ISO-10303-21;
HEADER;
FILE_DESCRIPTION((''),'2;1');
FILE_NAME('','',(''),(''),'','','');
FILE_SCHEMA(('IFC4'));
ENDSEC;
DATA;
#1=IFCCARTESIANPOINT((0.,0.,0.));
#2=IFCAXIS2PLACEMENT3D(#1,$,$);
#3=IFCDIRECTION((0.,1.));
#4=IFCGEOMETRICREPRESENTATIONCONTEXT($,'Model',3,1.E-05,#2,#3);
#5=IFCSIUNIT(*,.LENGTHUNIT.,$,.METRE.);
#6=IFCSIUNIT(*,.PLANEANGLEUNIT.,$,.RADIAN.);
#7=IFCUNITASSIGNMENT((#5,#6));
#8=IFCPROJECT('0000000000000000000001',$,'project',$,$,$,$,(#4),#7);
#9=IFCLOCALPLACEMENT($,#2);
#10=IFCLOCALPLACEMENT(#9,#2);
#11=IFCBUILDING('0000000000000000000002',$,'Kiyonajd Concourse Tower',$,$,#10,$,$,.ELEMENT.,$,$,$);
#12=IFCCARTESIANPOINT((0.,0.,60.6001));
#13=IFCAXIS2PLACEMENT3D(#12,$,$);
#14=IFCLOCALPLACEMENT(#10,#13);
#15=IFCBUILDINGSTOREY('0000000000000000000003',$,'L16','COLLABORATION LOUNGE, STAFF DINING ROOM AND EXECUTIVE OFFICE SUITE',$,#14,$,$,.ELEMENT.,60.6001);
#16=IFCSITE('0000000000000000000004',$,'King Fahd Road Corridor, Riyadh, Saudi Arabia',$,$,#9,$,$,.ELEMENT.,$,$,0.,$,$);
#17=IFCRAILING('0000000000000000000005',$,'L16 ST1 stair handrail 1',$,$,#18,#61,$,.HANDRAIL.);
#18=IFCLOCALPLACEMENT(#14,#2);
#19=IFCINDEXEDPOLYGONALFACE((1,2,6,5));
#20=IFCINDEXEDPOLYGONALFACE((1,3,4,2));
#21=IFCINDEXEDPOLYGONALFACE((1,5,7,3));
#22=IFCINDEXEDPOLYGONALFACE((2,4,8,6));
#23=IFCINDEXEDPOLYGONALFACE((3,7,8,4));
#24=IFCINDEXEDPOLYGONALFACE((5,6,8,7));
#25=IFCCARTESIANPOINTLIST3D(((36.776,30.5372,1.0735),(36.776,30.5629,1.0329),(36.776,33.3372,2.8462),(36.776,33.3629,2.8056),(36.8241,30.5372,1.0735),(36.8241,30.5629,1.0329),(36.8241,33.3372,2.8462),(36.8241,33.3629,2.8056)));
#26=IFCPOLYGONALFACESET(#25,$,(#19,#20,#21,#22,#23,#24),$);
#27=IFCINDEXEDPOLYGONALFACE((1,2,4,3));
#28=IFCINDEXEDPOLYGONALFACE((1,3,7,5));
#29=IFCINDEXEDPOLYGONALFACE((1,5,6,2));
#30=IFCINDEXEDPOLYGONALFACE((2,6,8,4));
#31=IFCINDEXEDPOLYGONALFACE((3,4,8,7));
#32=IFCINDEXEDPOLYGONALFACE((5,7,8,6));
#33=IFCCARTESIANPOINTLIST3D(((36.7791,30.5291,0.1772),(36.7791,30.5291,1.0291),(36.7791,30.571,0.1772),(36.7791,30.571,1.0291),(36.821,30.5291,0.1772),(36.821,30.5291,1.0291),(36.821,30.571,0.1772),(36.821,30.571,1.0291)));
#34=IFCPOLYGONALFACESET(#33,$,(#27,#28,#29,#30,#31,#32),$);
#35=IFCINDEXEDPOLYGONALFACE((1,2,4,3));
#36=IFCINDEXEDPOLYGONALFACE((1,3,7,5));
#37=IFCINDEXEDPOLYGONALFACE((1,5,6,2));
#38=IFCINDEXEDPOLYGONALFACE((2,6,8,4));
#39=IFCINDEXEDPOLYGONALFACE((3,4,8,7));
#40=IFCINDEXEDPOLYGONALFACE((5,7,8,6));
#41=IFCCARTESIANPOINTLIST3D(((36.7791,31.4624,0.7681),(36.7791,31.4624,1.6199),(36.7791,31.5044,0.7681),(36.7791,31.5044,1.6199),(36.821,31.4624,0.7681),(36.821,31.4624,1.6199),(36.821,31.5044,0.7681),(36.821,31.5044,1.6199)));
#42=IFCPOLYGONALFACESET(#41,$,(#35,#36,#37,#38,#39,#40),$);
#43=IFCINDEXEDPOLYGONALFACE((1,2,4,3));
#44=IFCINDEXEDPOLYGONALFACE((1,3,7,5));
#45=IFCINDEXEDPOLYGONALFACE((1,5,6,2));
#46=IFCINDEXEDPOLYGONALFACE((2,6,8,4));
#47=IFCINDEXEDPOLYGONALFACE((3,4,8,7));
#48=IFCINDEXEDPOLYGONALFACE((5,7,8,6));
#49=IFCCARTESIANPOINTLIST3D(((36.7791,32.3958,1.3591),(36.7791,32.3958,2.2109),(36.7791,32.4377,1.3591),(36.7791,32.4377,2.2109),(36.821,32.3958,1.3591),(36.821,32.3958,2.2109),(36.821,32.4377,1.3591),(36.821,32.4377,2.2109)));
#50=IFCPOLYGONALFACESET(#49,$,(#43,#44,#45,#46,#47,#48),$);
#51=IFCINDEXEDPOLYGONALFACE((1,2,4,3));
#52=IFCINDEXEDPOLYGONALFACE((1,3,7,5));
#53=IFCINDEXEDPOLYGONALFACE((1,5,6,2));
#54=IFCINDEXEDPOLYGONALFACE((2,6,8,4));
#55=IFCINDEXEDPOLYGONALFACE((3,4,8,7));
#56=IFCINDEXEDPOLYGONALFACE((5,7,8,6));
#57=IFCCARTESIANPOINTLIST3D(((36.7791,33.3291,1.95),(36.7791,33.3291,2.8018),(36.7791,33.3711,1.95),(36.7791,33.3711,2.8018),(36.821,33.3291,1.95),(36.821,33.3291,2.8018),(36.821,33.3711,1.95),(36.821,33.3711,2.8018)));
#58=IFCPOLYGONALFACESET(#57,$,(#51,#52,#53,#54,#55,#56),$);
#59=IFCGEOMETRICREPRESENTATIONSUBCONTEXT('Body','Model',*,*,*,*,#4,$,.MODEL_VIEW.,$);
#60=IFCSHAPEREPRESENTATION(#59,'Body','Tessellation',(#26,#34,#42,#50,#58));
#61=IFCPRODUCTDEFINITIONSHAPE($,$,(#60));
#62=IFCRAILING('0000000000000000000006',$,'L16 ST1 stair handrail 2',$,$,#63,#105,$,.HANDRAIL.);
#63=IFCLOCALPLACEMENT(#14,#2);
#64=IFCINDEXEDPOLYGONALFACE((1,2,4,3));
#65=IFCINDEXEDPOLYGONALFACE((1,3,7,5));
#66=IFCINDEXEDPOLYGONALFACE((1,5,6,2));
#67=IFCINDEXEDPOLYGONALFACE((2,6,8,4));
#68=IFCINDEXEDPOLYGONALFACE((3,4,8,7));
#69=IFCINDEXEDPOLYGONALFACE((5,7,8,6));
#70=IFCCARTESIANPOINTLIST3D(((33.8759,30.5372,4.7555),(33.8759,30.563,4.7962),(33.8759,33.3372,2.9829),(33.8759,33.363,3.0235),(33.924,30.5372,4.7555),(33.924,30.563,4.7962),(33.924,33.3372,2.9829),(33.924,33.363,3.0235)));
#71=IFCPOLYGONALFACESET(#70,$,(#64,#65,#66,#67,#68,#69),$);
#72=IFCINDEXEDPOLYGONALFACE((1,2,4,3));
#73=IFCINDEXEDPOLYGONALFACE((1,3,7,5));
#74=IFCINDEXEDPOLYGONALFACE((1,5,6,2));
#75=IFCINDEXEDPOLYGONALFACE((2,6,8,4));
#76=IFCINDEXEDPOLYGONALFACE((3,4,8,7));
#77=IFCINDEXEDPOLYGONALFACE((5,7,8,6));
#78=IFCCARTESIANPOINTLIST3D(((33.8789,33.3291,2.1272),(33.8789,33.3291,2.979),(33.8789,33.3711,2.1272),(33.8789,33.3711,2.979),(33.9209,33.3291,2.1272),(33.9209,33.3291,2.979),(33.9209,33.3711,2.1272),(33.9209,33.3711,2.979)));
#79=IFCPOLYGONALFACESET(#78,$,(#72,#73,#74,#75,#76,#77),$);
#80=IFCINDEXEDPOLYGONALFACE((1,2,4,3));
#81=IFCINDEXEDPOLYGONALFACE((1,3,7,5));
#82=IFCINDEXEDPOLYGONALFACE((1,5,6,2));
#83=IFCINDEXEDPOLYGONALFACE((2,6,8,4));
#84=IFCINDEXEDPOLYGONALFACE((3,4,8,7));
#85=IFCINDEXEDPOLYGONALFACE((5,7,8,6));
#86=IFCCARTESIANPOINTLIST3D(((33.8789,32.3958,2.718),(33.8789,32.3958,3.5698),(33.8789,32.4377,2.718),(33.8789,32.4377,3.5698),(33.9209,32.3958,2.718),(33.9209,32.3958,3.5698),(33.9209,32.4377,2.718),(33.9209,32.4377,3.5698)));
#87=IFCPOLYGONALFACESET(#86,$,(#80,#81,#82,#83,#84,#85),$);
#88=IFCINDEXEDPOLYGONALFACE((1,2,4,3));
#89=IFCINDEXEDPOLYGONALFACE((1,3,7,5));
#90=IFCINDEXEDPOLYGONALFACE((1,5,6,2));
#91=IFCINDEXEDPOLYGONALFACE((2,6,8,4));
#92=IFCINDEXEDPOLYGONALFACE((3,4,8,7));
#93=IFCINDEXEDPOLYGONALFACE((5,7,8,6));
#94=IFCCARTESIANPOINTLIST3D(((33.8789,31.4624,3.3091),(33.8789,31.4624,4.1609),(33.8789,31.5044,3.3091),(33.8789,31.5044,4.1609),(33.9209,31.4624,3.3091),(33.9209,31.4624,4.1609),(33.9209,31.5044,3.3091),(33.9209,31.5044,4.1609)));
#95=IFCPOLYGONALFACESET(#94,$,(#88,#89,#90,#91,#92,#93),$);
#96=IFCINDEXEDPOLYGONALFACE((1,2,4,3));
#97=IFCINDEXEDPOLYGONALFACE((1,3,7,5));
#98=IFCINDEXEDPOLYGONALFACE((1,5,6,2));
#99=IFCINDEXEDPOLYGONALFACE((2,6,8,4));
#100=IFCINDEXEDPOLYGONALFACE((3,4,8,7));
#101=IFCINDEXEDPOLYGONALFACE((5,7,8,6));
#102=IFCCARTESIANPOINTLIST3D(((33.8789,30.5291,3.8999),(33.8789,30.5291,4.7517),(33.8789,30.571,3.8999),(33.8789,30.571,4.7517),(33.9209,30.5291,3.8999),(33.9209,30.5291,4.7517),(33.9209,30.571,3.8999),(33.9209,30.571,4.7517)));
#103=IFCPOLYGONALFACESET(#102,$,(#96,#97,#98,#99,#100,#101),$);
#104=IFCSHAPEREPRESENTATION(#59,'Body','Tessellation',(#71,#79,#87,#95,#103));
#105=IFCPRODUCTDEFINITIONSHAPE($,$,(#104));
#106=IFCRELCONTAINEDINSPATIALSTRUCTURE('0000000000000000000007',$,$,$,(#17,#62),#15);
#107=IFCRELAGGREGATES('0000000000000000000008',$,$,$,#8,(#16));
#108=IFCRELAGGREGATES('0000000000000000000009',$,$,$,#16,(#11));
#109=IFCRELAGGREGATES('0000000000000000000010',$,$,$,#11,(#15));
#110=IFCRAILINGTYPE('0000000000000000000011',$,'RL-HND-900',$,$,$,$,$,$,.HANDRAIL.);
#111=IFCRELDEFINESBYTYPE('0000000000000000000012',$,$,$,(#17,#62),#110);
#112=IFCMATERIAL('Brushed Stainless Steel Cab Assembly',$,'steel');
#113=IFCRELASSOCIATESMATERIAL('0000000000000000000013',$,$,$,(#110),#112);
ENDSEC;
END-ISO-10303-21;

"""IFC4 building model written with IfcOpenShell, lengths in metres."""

from ifc_helpers import new_model, si_unit, direction, frame, origin, origin_2d, place, context, subcontext, project, spatial, rectangle, extrude, material, type_object, element, save


model = new_model("IFC4")

# Units and contexts
model_context = context("Model", 3, precision=1e-05, world=origin(), true_north=direction((0.0, 1.0)))
body_context = subcontext(model_context, "Body", "Model", "MODEL_VIEW")
ifc_project = project(units=[si_unit("LENGTHUNIT", "METRE"), si_unit("PLANEANGLEUNIT", "RADIAN")], contexts=[model_context])

# Site, building, storey
site_placement = place(None, origin())
site = spatial("IfcSite", under=ifc_project, at=site_placement, Name="King Fahd Road Corridor, Riyadh, Saudi Arabia", CompositionType="ELEMENT", RefElevation=0.0)
building_placement = place(site_placement, origin())
building = spatial("IfcBuilding", under=site, at=building_placement, Name="Kiyonajd Concourse Tower", CompositionType="ELEMENT")
storey_placement = place(building_placement, frame((0.0, 0.0, 60.6001)))
storey = spatial("IfcBuildingStorey", under=building, at=storey_placement, Name="L16", Description="COLLABORATION LOUNGE, STAFF DINING ROOM AND EXECUTIVE OFFICE SUITE", CompositionType="ELEMENT", Elevation=60.6001)

# Shared definitions
ifc_material_1 = material(Name="Brushed Stainless Steel Cab Assembly", Category="steel")

# Railings
railing_type_1 = type_object("IfcRailingType", Name="RL-HND-900", PredefinedType="HANDRAIL", material=ifc_material_1)
railing_1_placement = place(storey_placement, frame((36.8, 30.55, 0.1772)))
element("IfcRailing", 1, at=railing_1_placement, inside=storey, type_object=railing_type_1, Name="L16 ST1 stair handrail 1", PredefinedType="HANDRAIL", context=body_context, shape_type="SweptSolid", body=[
    extrude(rectangle(XDim=0.0481, YDim=0.0481, at=origin_2d()), frame((0.0, 0.0, 0.876), z_axis=(0.0, 0.844909, 0.53491), x_axis=(-1.0, 0.0, 0.0)), (0.0, 0.0, 1.0), 3.314),
    extrude(rectangle(XDim=0.042, YDim=0.042, at=origin_2d()), origin(), (0.0, 0.0, 1.0), 0.8518),
    extrude(rectangle(XDim=0.042, YDim=0.042, at=origin_2d()), frame((0.0, 0.9333, 0.5908)), (0.0, 0.0, 1.0), 0.8518),
    extrude(rectangle(XDim=0.042, YDim=0.042, at=origin_2d()), frame((0.0, 1.8667, 1.1819)), (0.0, 0.0, 1.0), 0.8518),
    extrude(rectangle(XDim=0.042, YDim=0.042, at=origin_2d()), frame((0.0, 2.8, 1.7727)), (0.0, 0.0, 1.0), 0.8518),
])
railing_2_placement = place(storey_placement, frame((33.8999, 33.3501, 2.1272)))
element("IfcRailing", 2, at=railing_2_placement, inside=storey, type_object=railing_type_1, Name="L16 ST1 stair handrail 2", PredefinedType="HANDRAIL", context=body_context, shape_type="SweptSolid", body=[
    extrude(rectangle(XDim=0.0481, YDim=0.0481, at=origin_2d()), frame((0.0, 0.0, 0.876), z_axis=(0.0, -0.844909, 0.53491), x_axis=(1.0, 0.0, 0.0)), (0.0, 0.0, 1.0), 3.314),
    extrude(rectangle(XDim=0.042, YDim=0.042, at=origin_2d()), origin(), (0.0, 0.0, 1.0), 0.8518),
    extrude(rectangle(XDim=0.042, YDim=0.042, at=origin_2d()), frame((0.0, -0.9333, 0.5908)), (0.0, 0.0, 1.0), 0.8518),
    extrude(rectangle(XDim=0.042, YDim=0.042, at=origin_2d()), frame((0.0, -1.8667, 1.1819)), (0.0, 0.0, 1.0), 0.8518),
    extrude(rectangle(XDim=0.042, YDim=0.042, at=origin_2d()), frame((0.0, -2.8, 1.7727)), (0.0, 0.0, 1.0), 0.8518),
])

save(model, "model.ifc")
